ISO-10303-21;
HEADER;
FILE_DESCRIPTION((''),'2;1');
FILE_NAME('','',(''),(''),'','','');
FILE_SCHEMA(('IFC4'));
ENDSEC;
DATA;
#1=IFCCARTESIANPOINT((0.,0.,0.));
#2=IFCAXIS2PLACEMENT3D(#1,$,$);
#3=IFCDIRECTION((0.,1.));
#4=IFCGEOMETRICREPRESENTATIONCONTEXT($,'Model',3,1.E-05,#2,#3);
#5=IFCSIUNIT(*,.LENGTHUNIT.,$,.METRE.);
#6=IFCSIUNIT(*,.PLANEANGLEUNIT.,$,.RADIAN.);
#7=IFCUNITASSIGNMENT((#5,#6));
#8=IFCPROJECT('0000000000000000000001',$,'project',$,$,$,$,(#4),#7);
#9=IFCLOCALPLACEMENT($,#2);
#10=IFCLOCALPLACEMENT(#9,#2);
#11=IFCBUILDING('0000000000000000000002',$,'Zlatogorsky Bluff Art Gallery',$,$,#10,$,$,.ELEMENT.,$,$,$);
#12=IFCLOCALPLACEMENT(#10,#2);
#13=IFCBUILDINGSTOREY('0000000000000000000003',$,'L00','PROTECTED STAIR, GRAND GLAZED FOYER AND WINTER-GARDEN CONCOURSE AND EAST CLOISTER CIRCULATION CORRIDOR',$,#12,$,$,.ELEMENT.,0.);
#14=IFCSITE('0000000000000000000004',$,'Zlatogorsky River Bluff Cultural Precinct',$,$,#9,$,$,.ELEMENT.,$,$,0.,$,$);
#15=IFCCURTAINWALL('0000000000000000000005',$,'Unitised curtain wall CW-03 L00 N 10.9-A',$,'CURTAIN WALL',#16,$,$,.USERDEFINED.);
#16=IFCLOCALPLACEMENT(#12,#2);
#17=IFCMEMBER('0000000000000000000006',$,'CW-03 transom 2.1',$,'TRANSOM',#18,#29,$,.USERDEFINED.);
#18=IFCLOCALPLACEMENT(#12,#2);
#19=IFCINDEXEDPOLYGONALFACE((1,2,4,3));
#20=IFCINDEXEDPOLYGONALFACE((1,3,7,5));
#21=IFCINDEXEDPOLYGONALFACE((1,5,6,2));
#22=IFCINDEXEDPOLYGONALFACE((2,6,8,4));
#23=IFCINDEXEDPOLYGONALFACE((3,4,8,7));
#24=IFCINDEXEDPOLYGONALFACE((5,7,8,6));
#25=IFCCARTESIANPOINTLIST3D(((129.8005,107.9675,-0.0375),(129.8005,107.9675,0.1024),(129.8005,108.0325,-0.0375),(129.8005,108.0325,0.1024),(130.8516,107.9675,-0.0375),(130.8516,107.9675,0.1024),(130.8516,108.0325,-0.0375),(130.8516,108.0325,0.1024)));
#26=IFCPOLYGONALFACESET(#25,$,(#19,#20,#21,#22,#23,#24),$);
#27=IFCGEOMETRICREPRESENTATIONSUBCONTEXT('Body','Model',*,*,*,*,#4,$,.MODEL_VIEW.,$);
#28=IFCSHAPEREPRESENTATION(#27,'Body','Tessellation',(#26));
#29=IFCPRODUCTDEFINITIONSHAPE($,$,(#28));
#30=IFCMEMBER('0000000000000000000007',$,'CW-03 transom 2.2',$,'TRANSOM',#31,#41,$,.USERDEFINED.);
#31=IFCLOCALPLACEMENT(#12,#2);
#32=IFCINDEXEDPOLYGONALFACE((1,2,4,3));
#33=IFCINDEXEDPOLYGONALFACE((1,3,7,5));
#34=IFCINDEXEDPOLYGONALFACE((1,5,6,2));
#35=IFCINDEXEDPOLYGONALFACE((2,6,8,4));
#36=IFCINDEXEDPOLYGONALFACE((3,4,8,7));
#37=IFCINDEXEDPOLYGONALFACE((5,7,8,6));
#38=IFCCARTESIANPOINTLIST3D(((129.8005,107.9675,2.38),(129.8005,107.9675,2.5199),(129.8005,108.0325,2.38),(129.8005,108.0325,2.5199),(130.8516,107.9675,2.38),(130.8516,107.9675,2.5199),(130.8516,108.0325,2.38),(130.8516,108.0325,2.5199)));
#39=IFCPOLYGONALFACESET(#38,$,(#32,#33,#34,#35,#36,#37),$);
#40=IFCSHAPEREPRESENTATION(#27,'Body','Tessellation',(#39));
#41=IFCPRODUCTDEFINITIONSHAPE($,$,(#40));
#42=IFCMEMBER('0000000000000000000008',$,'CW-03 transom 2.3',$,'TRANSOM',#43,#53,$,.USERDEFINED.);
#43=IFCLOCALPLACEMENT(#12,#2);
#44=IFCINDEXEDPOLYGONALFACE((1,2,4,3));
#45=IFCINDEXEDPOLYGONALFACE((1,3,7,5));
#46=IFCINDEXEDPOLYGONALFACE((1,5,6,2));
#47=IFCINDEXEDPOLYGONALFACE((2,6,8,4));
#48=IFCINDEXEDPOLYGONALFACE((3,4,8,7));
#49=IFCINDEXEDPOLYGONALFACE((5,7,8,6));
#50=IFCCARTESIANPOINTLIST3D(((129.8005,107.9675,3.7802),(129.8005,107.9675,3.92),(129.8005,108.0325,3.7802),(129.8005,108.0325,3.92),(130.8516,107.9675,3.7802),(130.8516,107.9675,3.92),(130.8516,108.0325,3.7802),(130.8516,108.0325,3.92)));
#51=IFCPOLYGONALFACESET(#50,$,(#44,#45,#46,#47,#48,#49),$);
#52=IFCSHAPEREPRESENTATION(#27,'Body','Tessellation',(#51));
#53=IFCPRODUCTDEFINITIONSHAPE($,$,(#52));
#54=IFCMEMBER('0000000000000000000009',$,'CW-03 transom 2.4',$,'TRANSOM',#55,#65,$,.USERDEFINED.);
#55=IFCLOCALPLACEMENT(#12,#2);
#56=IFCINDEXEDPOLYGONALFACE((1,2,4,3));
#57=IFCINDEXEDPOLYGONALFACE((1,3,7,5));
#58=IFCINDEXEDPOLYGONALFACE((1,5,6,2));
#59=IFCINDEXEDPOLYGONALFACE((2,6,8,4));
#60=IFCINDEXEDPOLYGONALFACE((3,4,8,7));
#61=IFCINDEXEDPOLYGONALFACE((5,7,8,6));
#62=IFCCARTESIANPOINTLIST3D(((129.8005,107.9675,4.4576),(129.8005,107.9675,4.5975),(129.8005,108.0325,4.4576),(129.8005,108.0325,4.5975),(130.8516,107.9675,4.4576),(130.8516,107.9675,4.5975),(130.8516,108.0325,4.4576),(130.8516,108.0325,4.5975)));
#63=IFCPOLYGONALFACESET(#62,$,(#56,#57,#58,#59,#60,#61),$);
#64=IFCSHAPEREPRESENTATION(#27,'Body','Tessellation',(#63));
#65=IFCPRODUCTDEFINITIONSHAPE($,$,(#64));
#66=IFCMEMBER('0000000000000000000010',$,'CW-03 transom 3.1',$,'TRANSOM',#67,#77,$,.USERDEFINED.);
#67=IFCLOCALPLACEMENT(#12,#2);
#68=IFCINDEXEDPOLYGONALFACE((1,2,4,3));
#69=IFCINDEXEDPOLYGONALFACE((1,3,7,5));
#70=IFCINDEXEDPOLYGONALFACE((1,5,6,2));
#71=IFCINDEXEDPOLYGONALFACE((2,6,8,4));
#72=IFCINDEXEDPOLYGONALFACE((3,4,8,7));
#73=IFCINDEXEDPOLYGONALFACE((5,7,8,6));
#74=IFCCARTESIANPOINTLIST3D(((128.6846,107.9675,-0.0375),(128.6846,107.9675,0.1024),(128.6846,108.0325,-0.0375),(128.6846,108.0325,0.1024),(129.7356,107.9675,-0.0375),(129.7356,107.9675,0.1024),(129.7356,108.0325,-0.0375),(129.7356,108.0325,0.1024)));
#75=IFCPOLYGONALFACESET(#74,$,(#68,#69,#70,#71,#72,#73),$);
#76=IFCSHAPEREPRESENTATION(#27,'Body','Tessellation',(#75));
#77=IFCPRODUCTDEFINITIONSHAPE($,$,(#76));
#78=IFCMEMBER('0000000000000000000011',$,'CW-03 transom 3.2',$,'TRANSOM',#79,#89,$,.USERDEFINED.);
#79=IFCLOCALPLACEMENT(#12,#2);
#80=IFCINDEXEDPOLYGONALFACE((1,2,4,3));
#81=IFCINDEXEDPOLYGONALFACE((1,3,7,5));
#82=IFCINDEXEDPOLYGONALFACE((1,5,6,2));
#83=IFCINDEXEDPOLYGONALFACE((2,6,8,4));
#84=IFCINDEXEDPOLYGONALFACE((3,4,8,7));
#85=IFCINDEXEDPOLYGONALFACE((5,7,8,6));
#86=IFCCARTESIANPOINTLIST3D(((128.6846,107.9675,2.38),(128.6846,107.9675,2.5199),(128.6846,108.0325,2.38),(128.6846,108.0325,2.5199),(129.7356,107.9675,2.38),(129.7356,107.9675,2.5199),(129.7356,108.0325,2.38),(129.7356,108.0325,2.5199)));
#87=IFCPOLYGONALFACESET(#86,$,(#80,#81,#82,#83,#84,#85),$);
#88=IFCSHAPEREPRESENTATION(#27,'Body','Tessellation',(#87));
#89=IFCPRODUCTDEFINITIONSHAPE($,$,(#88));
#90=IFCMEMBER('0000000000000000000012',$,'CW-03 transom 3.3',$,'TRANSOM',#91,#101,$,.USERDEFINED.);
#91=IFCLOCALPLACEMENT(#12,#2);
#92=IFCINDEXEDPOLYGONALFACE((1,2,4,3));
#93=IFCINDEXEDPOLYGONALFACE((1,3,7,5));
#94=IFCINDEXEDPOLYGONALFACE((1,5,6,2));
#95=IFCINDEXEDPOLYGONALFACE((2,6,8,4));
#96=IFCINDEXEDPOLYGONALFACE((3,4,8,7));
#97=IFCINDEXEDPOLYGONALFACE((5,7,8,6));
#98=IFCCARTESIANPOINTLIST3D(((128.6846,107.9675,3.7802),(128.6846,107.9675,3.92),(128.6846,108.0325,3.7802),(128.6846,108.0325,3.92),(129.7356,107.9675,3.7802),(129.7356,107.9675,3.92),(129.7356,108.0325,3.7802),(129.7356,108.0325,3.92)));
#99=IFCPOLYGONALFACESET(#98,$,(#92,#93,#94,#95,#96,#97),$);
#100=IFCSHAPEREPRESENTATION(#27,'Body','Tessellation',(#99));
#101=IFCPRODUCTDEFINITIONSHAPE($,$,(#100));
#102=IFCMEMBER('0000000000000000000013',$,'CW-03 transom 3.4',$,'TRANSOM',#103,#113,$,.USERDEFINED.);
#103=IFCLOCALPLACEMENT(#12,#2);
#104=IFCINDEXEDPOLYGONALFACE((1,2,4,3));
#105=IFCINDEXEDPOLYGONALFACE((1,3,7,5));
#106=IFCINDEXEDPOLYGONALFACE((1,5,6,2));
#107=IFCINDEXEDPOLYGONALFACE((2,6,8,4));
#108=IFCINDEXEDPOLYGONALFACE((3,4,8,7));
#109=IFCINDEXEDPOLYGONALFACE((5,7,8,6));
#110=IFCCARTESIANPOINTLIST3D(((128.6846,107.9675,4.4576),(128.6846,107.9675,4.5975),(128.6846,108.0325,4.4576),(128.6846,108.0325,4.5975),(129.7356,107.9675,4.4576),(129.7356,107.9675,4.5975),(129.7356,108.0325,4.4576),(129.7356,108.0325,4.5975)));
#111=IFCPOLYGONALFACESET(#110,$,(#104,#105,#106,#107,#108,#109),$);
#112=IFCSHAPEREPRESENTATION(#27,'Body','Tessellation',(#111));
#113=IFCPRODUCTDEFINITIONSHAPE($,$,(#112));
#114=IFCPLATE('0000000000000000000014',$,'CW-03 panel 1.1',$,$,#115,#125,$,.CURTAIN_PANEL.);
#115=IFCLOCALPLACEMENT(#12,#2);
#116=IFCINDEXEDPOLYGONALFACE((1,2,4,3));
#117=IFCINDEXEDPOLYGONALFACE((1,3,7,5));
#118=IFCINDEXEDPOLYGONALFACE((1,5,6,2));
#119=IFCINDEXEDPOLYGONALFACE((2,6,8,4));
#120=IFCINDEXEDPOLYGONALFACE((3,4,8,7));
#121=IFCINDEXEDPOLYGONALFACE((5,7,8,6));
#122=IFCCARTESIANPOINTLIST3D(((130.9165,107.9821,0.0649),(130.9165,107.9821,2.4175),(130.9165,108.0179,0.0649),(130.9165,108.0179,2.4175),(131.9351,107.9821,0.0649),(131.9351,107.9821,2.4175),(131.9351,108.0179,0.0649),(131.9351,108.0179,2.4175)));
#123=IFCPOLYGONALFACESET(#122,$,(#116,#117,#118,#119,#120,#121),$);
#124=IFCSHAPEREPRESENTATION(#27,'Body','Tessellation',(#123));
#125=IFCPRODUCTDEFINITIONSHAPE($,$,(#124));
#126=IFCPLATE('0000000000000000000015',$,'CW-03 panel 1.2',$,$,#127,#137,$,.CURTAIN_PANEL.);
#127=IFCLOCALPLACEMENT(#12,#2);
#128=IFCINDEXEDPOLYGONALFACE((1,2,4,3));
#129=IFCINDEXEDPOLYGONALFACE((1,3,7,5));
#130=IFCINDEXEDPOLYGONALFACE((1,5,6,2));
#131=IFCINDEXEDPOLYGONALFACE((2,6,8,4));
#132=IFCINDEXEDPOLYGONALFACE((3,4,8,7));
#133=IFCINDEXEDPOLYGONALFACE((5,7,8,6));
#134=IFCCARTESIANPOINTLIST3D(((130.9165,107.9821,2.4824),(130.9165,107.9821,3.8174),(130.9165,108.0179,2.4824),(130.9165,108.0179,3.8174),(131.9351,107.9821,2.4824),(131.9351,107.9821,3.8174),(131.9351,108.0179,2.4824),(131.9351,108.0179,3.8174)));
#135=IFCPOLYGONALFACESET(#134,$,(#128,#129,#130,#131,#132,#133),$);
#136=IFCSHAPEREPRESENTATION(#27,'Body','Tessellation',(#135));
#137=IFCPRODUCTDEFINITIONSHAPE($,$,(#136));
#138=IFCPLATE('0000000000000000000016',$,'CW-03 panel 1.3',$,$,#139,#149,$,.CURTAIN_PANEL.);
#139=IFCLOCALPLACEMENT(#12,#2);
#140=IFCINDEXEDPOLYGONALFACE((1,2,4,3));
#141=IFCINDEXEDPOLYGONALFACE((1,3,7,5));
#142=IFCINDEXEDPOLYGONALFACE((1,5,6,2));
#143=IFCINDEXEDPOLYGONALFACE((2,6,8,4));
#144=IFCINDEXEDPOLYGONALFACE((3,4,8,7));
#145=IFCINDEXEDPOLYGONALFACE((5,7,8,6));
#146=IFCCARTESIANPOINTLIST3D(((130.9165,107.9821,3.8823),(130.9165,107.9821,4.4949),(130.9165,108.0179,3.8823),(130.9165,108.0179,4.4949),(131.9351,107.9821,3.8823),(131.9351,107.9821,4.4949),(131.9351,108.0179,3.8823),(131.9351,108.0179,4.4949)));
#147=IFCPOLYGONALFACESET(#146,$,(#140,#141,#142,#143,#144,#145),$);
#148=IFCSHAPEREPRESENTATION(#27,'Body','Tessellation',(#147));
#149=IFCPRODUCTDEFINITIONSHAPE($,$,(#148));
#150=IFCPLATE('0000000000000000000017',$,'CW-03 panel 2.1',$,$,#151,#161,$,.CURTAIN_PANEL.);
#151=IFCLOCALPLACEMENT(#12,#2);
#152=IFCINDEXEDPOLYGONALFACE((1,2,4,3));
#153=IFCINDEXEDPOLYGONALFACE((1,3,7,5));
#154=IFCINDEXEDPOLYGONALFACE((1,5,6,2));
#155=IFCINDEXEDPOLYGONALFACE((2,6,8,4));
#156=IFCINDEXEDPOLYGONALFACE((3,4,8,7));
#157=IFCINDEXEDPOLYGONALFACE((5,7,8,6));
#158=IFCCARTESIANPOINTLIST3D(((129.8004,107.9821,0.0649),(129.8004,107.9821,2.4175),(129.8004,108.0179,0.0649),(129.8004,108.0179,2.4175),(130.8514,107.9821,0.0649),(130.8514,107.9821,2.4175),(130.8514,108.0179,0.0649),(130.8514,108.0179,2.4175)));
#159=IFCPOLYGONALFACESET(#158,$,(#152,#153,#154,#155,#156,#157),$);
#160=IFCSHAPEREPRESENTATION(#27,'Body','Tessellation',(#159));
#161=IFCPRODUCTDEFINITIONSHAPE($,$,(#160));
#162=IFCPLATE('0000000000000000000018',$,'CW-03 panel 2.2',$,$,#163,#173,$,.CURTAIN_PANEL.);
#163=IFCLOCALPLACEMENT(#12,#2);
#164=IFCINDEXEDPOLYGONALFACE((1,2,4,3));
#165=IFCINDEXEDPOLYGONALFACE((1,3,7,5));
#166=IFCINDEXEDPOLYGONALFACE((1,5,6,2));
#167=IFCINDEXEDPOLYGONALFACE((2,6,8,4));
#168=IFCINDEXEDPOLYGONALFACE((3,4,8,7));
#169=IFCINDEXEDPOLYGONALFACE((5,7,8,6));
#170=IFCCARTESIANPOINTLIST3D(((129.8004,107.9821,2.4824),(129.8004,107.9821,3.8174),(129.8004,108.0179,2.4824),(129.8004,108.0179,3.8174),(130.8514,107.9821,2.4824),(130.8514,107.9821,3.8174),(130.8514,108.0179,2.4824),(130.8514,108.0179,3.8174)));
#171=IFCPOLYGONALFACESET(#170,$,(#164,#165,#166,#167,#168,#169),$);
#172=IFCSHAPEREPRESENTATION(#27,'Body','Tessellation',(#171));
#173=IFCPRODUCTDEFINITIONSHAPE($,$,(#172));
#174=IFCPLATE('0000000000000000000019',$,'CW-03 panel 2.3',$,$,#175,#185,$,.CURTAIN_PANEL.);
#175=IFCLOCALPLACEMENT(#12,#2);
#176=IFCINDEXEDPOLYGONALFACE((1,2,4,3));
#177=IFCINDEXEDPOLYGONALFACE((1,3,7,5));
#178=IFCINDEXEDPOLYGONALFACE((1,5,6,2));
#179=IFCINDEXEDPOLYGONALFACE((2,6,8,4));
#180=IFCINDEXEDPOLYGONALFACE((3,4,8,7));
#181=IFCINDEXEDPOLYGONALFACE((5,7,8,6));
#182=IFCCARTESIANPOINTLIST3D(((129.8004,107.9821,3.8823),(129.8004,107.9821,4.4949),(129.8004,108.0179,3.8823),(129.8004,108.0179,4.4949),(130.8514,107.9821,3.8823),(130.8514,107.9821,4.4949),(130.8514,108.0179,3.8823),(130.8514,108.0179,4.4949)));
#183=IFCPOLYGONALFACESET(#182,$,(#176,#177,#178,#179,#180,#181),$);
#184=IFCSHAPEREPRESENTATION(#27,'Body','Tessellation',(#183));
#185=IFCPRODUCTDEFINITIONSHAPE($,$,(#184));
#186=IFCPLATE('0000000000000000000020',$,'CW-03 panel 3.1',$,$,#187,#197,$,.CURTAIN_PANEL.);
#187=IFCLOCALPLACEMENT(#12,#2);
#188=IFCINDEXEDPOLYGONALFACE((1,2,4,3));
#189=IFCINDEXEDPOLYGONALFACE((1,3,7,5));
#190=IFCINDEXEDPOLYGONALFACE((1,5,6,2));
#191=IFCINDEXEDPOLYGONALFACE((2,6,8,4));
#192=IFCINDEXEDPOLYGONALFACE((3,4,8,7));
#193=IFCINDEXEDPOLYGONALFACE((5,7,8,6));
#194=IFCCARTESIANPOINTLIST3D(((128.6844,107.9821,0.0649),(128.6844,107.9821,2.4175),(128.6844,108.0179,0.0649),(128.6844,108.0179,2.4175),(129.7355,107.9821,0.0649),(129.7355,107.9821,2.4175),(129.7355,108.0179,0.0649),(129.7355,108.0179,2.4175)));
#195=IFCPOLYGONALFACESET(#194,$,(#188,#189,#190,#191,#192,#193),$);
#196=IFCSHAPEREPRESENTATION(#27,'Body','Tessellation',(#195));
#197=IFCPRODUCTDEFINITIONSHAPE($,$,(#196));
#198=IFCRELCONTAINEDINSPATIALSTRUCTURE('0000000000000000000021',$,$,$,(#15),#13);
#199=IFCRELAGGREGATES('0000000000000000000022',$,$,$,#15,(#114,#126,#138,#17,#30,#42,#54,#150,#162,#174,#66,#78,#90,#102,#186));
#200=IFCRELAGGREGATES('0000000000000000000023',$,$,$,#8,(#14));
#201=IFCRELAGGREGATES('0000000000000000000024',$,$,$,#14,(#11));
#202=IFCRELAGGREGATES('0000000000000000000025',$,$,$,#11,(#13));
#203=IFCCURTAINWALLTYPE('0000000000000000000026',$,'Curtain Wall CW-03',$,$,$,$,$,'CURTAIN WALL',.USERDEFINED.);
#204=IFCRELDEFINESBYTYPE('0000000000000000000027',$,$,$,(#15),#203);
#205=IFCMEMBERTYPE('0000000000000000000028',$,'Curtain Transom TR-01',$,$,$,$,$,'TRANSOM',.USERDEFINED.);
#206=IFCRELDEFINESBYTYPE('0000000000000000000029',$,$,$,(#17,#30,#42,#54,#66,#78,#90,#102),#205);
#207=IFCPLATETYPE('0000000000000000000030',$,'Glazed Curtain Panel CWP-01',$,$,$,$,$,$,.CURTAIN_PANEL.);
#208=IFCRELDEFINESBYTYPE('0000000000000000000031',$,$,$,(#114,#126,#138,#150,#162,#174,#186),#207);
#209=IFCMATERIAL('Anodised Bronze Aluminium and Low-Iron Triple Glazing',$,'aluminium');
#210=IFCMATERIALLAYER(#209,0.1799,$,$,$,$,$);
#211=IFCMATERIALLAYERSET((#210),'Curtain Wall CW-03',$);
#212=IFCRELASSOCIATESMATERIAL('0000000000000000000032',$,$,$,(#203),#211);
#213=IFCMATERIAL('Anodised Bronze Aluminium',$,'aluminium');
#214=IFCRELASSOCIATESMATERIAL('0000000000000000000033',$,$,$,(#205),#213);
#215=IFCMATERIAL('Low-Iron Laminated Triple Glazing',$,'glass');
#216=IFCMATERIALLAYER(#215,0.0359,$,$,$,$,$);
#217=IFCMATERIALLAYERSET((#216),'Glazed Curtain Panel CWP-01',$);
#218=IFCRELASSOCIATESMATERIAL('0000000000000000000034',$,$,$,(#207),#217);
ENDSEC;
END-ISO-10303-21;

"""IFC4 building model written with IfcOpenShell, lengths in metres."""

from ifc_helpers import new_model, si_unit, direction, frame, origin, origin_2d, place, context, subcontext, project, spatial, rectangle, extrude, material, layer, layer_set, material_profile, profile_set, type_object, element, aggregate, save


model = new_model("IFC4")

# Units and contexts
model_context = context("Model", 3, precision=1e-05, world=origin(), true_north=direction((0.0, 1.0)))
body_context = subcontext(model_context, "Body", "Model", "MODEL_VIEW")
ifc_project = project(units=[si_unit("LENGTHUNIT", "METRE"), si_unit("PLANEANGLEUNIT", "RADIAN")], contexts=[model_context])

# Site, building, storey
site_placement = place(None, origin())
site = spatial("IfcSite", under=ifc_project, at=site_placement, Name="Zlatogorsky River Bluff Cultural Precinct", CompositionType="ELEMENT", RefElevation=0.0)
building_placement = place(site_placement, origin())
building = spatial("IfcBuilding", under=site, at=building_placement, Name="Zlatogorsky Bluff Art Gallery", CompositionType="ELEMENT")
storey_placement = place(building_placement, origin())
storey = spatial("IfcBuildingStorey", under=building, at=storey_placement, Name="L00", Description="PROTECTED STAIR, GRAND GLAZED FOYER AND WINTER-GARDEN CONCOURSE AND EAST CLOISTER CIRCULATION CORRIDOR", CompositionType="ELEMENT", Elevation=0.0)

# Curtain wall, members, plates
ifc_material_1 = material(Name="Anodised Bronze Aluminium and Low-Iron Triple Glazing", Category="aluminium")
ifc_layer_1 = layer(ifc_material_1, 0.1799)
ifc_layer_set_1 = layer_set([ifc_layer_1], Name="Curtain Wall CW-03")
curtain_wall_type = type_object("IfcCurtainWallType", Name="Curtain Wall CW-03", ElementType="CURTAIN WALL", PredefinedType="USERDEFINED", material=ifc_layer_set_1)
curtain_wall_placement = place(storey_placement, origin())
curtain_wall = element("IfcCurtainWall", 1, at=curtain_wall_placement, inside=storey, type_object=curtain_wall_type, Name="Unitised curtain wall CW-03 L00 N 10.9-A", ObjectType="CURTAIN WALL", PredefinedType="USERDEFINED")
ifc_material_2 = material(Name="Anodised Bronze Aluminium", Category="aluminium")
ifc_material_profile_1 = material_profile(ifc_material_2, rectangle(XDim=0.0649, YDim=0.1399, at=origin_2d()), Name="ALU TRANSOM 65x140")
ifc_profile_set_1 = profile_set([ifc_material_profile_1], Name="Anodised Bronze Aluminium")
member_type_1 = type_object("IfcMemberType", Name="Curtain Transom TR-01", ElementType="TRANSOM", PredefinedType="USERDEFINED", material=ifc_profile_set_1)
member_1_placement = place(storey_placement, frame((130.8516, 108.0, 0.0325), z_axis=(-1.0, 0.0, 0.0), x_axis=(0.0, -1.0, 0.0)))
member_1 = element("IfcMember", 2, at=member_1_placement, type_object=member_type_1, Name="CW-03 transom 2.1", ObjectType="TRANSOM", PredefinedType="USERDEFINED", context=body_context, shape_type="SweptSolid", body=[
    extrude(rectangle(XDim=0.0649, YDim=0.1399, at=origin_2d()), origin(), (0.0, 0.0, 1.0), 1.051),
])
member_2_placement = place(storey_placement, frame((130.8516, 108.0, 2.45), z_axis=(-1.0, 0.0, 0.0), x_axis=(0.0, -1.0, 0.0)))
member_2 = element("IfcMember", 3, at=member_2_placement, type_object=member_type_1, Name="CW-03 transom 2.2", ObjectType="TRANSOM", PredefinedType="USERDEFINED", context=body_context, shape_type="SweptSolid", body=[
    extrude(rectangle(XDim=0.0649, YDim=0.1399, at=origin_2d()), origin(), (0.0, 0.0, 1.0), 1.051),
])
member_3_placement = place(storey_placement, frame((130.8516, 108.0, 3.8501), z_axis=(-1.0, 0.0, 0.0), x_axis=(0.0, -1.0, 0.0)))
member_3 = element("IfcMember", 4, at=member_3_placement, type_object=member_type_1, Name="CW-03 transom 2.3", ObjectType="TRANSOM", PredefinedType="USERDEFINED", context=body_context, shape_type="SweptSolid", body=[
    extrude(rectangle(XDim=0.0649, YDim=0.1399, at=origin_2d()), origin(), (0.0, 0.0, 1.0), 1.051),
])
member_4_placement = place(storey_placement, frame((130.8516, 108.0, 4.5276), z_axis=(-1.0, 0.0, 0.0), x_axis=(0.0, -1.0, 0.0)))
member_4 = element("IfcMember", 5, at=member_4_placement, type_object=member_type_1, Name="CW-03 transom 2.4", ObjectType="TRANSOM", PredefinedType="USERDEFINED", context=body_context, shape_type="SweptSolid", body=[
    extrude(rectangle(XDim=0.0649, YDim=0.1399, at=origin_2d()), origin(), (0.0, 0.0, 1.0), 1.051),
])
member_5_placement = place(storey_placement, frame((129.7356, 108.0, 0.0325), z_axis=(-1.0, 0.0, 0.0), x_axis=(0.0, -1.0, 0.0)))
member_5 = element("IfcMember", 6, at=member_5_placement, type_object=member_type_1, Name="CW-03 transom 3.1", ObjectType="TRANSOM", PredefinedType="USERDEFINED", context=body_context, shape_type="SweptSolid", body=[
    extrude(rectangle(XDim=0.0649, YDim=0.1399, at=origin_2d()), origin(), (0.0, 0.0, 1.0), 1.051),
])
member_6_placement = place(storey_placement, frame((129.7356, 108.0, 2.45), z_axis=(-1.0, 0.0, 0.0), x_axis=(0.0, -1.0, 0.0)))
member_6 = element("IfcMember", 7, at=member_6_placement, type_object=member_type_1, Name="CW-03 transom 3.2", ObjectType="TRANSOM", PredefinedType="USERDEFINED", context=body_context, shape_type="SweptSolid", body=[
    extrude(rectangle(XDim=0.0649, YDim=0.1399, at=origin_2d()), origin(), (0.0, 0.0, 1.0), 1.051),
])
member_7_placement = place(storey_placement, frame((129.7356, 108.0, 3.8501), z_axis=(-1.0, 0.0, 0.0), x_axis=(0.0, -1.0, 0.0)))
member_7 = element("IfcMember", 8, at=member_7_placement, type_object=member_type_1, Name="CW-03 transom 3.3", ObjectType="TRANSOM", PredefinedType="USERDEFINED", context=body_context, shape_type="SweptSolid", body=[
    extrude(rectangle(XDim=0.0649, YDim=0.1399, at=origin_2d()), origin(), (0.0, 0.0, 1.0), 1.051),
])
member_8_placement = place(storey_placement, frame((129.7356, 108.0, 4.5276), z_axis=(-1.0, 0.0, 0.0), x_axis=(0.0, -1.0, 0.0)))
member_8 = element("IfcMember", 9, at=member_8_placement, type_object=member_type_1, Name="CW-03 transom 3.4", ObjectType="TRANSOM", PredefinedType="USERDEFINED", context=body_context, shape_type="SweptSolid", body=[
    extrude(rectangle(XDim=0.0649, YDim=0.1399, at=origin_2d()), origin(), (0.0, 0.0, 1.0), 1.051),
])
ifc_material_3 = material(Name="Low-Iron Laminated Triple Glazing", Category="glass")
ifc_layer_2 = layer(ifc_material_3, 0.0359)
ifc_layer_set_2 = layer_set([ifc_layer_2], Name="Glazed Curtain Panel CWP-01")
plate_type = type_object("IfcPlateType", Name="Glazed Curtain Panel CWP-01", PredefinedType="CURTAIN_PANEL", material=ifc_layer_set_2)
plate_1_placement = place(storey_placement, frame((131.4258, 108.0, 0.0649), z_axis=(0.0, 0.0, 1.0), x_axis=(-1.0, 0.0, 0.0)))
plate_1 = element("IfcPlate", 10, at=plate_1_placement, type_object=plate_type, Name="CW-03 panel 1.1", PredefinedType="CURTAIN_PANEL", context=body_context, shape_type="SweptSolid", body=[
    extrude(rectangle(XDim=1.0186, YDim=0.0359, at=origin_2d()), origin(), (0.0, 0.0, 1.0), 2.3525),
])
plate_2_placement = place(storey_placement, frame((131.4258, 108.0, 2.4824), z_axis=(0.0, 0.0, 1.0), x_axis=(-1.0, 0.0, 0.0)))
plate_2 = element("IfcPlate", 11, at=plate_2_placement, type_object=plate_type, Name="CW-03 panel 1.2", PredefinedType="CURTAIN_PANEL", context=body_context, shape_type="SweptSolid", body=[
    extrude(rectangle(XDim=1.0186, YDim=0.0359, at=origin_2d()), origin(), (0.0, 0.0, 1.0), 1.335),
])
plate_3_placement = place(storey_placement, frame((131.4258, 108.0, 3.8823), z_axis=(0.0, 0.0, 1.0), x_axis=(-1.0, 0.0, 0.0)))
plate_3 = element("IfcPlate", 12, at=plate_3_placement, type_object=plate_type, Name="CW-03 panel 1.3", PredefinedType="CURTAIN_PANEL", context=body_context, shape_type="SweptSolid", body=[
    extrude(rectangle(XDim=1.0186, YDim=0.0359, at=origin_2d()), origin(), (0.0, 0.0, 1.0), 0.6125),
])
plate_4_placement = place(storey_placement, frame((130.3259, 108.0, 0.0649), z_axis=(0.0, 0.0, 1.0), x_axis=(-1.0, 0.0, 0.0)))
plate_4 = element("IfcPlate", 13, at=plate_4_placement, type_object=plate_type, Name="CW-03 panel 2.1", PredefinedType="CURTAIN_PANEL", context=body_context, shape_type="SweptSolid", body=[
    extrude(rectangle(XDim=1.051, YDim=0.0359, at=origin_2d()), origin(), (0.0, 0.0, 1.0), 2.3525),
])
plate_5_placement = place(storey_placement, frame((130.3259, 108.0, 2.4824), z_axis=(0.0, 0.0, 1.0), x_axis=(-1.0, 0.0, 0.0)))
plate_5 = element("IfcPlate", 14, at=plate_5_placement, type_object=plate_type, Name="CW-03 panel 2.2", PredefinedType="CURTAIN_PANEL", context=body_context, shape_type="SweptSolid", body=[
    extrude(rectangle(XDim=1.051, YDim=0.0359, at=origin_2d()), origin(), (0.0, 0.0, 1.0), 1.335),
])
plate_6_placement = place(storey_placement, frame((130.3259, 108.0, 3.8823), z_axis=(0.0, 0.0, 1.0), x_axis=(-1.0, 0.0, 0.0)))
plate_6 = element("IfcPlate", 15, at=plate_6_placement, type_object=plate_type, Name="CW-03 panel 2.3", PredefinedType="CURTAIN_PANEL", context=body_context, shape_type="SweptSolid", body=[
    extrude(rectangle(XDim=1.051, YDim=0.0359, at=origin_2d()), origin(), (0.0, 0.0, 1.0), 0.6125),
])
plate_7_placement = place(storey_placement, frame((129.21, 108.0, 0.0649), z_axis=(0.0, 0.0, 1.0), x_axis=(-1.0, 0.0, 0.0)))
plate_7 = element("IfcPlate", 16, at=plate_7_placement, type_object=plate_type, Name="CW-03 panel 3.1", PredefinedType="CURTAIN_PANEL", context=body_context, shape_type="SweptSolid", body=[
    extrude(rectangle(XDim=1.051, YDim=0.0359, at=origin_2d()), origin(), (0.0, 0.0, 1.0), 2.3525),
])
aggregate(curtain_wall, [plate_1, plate_2, plate_3, member_1, member_2, member_3, member_4, plate_4, plate_5, plate_6, member_5, member_6, member_7, member_8, plate_7])

save(model, "model.ifc")
